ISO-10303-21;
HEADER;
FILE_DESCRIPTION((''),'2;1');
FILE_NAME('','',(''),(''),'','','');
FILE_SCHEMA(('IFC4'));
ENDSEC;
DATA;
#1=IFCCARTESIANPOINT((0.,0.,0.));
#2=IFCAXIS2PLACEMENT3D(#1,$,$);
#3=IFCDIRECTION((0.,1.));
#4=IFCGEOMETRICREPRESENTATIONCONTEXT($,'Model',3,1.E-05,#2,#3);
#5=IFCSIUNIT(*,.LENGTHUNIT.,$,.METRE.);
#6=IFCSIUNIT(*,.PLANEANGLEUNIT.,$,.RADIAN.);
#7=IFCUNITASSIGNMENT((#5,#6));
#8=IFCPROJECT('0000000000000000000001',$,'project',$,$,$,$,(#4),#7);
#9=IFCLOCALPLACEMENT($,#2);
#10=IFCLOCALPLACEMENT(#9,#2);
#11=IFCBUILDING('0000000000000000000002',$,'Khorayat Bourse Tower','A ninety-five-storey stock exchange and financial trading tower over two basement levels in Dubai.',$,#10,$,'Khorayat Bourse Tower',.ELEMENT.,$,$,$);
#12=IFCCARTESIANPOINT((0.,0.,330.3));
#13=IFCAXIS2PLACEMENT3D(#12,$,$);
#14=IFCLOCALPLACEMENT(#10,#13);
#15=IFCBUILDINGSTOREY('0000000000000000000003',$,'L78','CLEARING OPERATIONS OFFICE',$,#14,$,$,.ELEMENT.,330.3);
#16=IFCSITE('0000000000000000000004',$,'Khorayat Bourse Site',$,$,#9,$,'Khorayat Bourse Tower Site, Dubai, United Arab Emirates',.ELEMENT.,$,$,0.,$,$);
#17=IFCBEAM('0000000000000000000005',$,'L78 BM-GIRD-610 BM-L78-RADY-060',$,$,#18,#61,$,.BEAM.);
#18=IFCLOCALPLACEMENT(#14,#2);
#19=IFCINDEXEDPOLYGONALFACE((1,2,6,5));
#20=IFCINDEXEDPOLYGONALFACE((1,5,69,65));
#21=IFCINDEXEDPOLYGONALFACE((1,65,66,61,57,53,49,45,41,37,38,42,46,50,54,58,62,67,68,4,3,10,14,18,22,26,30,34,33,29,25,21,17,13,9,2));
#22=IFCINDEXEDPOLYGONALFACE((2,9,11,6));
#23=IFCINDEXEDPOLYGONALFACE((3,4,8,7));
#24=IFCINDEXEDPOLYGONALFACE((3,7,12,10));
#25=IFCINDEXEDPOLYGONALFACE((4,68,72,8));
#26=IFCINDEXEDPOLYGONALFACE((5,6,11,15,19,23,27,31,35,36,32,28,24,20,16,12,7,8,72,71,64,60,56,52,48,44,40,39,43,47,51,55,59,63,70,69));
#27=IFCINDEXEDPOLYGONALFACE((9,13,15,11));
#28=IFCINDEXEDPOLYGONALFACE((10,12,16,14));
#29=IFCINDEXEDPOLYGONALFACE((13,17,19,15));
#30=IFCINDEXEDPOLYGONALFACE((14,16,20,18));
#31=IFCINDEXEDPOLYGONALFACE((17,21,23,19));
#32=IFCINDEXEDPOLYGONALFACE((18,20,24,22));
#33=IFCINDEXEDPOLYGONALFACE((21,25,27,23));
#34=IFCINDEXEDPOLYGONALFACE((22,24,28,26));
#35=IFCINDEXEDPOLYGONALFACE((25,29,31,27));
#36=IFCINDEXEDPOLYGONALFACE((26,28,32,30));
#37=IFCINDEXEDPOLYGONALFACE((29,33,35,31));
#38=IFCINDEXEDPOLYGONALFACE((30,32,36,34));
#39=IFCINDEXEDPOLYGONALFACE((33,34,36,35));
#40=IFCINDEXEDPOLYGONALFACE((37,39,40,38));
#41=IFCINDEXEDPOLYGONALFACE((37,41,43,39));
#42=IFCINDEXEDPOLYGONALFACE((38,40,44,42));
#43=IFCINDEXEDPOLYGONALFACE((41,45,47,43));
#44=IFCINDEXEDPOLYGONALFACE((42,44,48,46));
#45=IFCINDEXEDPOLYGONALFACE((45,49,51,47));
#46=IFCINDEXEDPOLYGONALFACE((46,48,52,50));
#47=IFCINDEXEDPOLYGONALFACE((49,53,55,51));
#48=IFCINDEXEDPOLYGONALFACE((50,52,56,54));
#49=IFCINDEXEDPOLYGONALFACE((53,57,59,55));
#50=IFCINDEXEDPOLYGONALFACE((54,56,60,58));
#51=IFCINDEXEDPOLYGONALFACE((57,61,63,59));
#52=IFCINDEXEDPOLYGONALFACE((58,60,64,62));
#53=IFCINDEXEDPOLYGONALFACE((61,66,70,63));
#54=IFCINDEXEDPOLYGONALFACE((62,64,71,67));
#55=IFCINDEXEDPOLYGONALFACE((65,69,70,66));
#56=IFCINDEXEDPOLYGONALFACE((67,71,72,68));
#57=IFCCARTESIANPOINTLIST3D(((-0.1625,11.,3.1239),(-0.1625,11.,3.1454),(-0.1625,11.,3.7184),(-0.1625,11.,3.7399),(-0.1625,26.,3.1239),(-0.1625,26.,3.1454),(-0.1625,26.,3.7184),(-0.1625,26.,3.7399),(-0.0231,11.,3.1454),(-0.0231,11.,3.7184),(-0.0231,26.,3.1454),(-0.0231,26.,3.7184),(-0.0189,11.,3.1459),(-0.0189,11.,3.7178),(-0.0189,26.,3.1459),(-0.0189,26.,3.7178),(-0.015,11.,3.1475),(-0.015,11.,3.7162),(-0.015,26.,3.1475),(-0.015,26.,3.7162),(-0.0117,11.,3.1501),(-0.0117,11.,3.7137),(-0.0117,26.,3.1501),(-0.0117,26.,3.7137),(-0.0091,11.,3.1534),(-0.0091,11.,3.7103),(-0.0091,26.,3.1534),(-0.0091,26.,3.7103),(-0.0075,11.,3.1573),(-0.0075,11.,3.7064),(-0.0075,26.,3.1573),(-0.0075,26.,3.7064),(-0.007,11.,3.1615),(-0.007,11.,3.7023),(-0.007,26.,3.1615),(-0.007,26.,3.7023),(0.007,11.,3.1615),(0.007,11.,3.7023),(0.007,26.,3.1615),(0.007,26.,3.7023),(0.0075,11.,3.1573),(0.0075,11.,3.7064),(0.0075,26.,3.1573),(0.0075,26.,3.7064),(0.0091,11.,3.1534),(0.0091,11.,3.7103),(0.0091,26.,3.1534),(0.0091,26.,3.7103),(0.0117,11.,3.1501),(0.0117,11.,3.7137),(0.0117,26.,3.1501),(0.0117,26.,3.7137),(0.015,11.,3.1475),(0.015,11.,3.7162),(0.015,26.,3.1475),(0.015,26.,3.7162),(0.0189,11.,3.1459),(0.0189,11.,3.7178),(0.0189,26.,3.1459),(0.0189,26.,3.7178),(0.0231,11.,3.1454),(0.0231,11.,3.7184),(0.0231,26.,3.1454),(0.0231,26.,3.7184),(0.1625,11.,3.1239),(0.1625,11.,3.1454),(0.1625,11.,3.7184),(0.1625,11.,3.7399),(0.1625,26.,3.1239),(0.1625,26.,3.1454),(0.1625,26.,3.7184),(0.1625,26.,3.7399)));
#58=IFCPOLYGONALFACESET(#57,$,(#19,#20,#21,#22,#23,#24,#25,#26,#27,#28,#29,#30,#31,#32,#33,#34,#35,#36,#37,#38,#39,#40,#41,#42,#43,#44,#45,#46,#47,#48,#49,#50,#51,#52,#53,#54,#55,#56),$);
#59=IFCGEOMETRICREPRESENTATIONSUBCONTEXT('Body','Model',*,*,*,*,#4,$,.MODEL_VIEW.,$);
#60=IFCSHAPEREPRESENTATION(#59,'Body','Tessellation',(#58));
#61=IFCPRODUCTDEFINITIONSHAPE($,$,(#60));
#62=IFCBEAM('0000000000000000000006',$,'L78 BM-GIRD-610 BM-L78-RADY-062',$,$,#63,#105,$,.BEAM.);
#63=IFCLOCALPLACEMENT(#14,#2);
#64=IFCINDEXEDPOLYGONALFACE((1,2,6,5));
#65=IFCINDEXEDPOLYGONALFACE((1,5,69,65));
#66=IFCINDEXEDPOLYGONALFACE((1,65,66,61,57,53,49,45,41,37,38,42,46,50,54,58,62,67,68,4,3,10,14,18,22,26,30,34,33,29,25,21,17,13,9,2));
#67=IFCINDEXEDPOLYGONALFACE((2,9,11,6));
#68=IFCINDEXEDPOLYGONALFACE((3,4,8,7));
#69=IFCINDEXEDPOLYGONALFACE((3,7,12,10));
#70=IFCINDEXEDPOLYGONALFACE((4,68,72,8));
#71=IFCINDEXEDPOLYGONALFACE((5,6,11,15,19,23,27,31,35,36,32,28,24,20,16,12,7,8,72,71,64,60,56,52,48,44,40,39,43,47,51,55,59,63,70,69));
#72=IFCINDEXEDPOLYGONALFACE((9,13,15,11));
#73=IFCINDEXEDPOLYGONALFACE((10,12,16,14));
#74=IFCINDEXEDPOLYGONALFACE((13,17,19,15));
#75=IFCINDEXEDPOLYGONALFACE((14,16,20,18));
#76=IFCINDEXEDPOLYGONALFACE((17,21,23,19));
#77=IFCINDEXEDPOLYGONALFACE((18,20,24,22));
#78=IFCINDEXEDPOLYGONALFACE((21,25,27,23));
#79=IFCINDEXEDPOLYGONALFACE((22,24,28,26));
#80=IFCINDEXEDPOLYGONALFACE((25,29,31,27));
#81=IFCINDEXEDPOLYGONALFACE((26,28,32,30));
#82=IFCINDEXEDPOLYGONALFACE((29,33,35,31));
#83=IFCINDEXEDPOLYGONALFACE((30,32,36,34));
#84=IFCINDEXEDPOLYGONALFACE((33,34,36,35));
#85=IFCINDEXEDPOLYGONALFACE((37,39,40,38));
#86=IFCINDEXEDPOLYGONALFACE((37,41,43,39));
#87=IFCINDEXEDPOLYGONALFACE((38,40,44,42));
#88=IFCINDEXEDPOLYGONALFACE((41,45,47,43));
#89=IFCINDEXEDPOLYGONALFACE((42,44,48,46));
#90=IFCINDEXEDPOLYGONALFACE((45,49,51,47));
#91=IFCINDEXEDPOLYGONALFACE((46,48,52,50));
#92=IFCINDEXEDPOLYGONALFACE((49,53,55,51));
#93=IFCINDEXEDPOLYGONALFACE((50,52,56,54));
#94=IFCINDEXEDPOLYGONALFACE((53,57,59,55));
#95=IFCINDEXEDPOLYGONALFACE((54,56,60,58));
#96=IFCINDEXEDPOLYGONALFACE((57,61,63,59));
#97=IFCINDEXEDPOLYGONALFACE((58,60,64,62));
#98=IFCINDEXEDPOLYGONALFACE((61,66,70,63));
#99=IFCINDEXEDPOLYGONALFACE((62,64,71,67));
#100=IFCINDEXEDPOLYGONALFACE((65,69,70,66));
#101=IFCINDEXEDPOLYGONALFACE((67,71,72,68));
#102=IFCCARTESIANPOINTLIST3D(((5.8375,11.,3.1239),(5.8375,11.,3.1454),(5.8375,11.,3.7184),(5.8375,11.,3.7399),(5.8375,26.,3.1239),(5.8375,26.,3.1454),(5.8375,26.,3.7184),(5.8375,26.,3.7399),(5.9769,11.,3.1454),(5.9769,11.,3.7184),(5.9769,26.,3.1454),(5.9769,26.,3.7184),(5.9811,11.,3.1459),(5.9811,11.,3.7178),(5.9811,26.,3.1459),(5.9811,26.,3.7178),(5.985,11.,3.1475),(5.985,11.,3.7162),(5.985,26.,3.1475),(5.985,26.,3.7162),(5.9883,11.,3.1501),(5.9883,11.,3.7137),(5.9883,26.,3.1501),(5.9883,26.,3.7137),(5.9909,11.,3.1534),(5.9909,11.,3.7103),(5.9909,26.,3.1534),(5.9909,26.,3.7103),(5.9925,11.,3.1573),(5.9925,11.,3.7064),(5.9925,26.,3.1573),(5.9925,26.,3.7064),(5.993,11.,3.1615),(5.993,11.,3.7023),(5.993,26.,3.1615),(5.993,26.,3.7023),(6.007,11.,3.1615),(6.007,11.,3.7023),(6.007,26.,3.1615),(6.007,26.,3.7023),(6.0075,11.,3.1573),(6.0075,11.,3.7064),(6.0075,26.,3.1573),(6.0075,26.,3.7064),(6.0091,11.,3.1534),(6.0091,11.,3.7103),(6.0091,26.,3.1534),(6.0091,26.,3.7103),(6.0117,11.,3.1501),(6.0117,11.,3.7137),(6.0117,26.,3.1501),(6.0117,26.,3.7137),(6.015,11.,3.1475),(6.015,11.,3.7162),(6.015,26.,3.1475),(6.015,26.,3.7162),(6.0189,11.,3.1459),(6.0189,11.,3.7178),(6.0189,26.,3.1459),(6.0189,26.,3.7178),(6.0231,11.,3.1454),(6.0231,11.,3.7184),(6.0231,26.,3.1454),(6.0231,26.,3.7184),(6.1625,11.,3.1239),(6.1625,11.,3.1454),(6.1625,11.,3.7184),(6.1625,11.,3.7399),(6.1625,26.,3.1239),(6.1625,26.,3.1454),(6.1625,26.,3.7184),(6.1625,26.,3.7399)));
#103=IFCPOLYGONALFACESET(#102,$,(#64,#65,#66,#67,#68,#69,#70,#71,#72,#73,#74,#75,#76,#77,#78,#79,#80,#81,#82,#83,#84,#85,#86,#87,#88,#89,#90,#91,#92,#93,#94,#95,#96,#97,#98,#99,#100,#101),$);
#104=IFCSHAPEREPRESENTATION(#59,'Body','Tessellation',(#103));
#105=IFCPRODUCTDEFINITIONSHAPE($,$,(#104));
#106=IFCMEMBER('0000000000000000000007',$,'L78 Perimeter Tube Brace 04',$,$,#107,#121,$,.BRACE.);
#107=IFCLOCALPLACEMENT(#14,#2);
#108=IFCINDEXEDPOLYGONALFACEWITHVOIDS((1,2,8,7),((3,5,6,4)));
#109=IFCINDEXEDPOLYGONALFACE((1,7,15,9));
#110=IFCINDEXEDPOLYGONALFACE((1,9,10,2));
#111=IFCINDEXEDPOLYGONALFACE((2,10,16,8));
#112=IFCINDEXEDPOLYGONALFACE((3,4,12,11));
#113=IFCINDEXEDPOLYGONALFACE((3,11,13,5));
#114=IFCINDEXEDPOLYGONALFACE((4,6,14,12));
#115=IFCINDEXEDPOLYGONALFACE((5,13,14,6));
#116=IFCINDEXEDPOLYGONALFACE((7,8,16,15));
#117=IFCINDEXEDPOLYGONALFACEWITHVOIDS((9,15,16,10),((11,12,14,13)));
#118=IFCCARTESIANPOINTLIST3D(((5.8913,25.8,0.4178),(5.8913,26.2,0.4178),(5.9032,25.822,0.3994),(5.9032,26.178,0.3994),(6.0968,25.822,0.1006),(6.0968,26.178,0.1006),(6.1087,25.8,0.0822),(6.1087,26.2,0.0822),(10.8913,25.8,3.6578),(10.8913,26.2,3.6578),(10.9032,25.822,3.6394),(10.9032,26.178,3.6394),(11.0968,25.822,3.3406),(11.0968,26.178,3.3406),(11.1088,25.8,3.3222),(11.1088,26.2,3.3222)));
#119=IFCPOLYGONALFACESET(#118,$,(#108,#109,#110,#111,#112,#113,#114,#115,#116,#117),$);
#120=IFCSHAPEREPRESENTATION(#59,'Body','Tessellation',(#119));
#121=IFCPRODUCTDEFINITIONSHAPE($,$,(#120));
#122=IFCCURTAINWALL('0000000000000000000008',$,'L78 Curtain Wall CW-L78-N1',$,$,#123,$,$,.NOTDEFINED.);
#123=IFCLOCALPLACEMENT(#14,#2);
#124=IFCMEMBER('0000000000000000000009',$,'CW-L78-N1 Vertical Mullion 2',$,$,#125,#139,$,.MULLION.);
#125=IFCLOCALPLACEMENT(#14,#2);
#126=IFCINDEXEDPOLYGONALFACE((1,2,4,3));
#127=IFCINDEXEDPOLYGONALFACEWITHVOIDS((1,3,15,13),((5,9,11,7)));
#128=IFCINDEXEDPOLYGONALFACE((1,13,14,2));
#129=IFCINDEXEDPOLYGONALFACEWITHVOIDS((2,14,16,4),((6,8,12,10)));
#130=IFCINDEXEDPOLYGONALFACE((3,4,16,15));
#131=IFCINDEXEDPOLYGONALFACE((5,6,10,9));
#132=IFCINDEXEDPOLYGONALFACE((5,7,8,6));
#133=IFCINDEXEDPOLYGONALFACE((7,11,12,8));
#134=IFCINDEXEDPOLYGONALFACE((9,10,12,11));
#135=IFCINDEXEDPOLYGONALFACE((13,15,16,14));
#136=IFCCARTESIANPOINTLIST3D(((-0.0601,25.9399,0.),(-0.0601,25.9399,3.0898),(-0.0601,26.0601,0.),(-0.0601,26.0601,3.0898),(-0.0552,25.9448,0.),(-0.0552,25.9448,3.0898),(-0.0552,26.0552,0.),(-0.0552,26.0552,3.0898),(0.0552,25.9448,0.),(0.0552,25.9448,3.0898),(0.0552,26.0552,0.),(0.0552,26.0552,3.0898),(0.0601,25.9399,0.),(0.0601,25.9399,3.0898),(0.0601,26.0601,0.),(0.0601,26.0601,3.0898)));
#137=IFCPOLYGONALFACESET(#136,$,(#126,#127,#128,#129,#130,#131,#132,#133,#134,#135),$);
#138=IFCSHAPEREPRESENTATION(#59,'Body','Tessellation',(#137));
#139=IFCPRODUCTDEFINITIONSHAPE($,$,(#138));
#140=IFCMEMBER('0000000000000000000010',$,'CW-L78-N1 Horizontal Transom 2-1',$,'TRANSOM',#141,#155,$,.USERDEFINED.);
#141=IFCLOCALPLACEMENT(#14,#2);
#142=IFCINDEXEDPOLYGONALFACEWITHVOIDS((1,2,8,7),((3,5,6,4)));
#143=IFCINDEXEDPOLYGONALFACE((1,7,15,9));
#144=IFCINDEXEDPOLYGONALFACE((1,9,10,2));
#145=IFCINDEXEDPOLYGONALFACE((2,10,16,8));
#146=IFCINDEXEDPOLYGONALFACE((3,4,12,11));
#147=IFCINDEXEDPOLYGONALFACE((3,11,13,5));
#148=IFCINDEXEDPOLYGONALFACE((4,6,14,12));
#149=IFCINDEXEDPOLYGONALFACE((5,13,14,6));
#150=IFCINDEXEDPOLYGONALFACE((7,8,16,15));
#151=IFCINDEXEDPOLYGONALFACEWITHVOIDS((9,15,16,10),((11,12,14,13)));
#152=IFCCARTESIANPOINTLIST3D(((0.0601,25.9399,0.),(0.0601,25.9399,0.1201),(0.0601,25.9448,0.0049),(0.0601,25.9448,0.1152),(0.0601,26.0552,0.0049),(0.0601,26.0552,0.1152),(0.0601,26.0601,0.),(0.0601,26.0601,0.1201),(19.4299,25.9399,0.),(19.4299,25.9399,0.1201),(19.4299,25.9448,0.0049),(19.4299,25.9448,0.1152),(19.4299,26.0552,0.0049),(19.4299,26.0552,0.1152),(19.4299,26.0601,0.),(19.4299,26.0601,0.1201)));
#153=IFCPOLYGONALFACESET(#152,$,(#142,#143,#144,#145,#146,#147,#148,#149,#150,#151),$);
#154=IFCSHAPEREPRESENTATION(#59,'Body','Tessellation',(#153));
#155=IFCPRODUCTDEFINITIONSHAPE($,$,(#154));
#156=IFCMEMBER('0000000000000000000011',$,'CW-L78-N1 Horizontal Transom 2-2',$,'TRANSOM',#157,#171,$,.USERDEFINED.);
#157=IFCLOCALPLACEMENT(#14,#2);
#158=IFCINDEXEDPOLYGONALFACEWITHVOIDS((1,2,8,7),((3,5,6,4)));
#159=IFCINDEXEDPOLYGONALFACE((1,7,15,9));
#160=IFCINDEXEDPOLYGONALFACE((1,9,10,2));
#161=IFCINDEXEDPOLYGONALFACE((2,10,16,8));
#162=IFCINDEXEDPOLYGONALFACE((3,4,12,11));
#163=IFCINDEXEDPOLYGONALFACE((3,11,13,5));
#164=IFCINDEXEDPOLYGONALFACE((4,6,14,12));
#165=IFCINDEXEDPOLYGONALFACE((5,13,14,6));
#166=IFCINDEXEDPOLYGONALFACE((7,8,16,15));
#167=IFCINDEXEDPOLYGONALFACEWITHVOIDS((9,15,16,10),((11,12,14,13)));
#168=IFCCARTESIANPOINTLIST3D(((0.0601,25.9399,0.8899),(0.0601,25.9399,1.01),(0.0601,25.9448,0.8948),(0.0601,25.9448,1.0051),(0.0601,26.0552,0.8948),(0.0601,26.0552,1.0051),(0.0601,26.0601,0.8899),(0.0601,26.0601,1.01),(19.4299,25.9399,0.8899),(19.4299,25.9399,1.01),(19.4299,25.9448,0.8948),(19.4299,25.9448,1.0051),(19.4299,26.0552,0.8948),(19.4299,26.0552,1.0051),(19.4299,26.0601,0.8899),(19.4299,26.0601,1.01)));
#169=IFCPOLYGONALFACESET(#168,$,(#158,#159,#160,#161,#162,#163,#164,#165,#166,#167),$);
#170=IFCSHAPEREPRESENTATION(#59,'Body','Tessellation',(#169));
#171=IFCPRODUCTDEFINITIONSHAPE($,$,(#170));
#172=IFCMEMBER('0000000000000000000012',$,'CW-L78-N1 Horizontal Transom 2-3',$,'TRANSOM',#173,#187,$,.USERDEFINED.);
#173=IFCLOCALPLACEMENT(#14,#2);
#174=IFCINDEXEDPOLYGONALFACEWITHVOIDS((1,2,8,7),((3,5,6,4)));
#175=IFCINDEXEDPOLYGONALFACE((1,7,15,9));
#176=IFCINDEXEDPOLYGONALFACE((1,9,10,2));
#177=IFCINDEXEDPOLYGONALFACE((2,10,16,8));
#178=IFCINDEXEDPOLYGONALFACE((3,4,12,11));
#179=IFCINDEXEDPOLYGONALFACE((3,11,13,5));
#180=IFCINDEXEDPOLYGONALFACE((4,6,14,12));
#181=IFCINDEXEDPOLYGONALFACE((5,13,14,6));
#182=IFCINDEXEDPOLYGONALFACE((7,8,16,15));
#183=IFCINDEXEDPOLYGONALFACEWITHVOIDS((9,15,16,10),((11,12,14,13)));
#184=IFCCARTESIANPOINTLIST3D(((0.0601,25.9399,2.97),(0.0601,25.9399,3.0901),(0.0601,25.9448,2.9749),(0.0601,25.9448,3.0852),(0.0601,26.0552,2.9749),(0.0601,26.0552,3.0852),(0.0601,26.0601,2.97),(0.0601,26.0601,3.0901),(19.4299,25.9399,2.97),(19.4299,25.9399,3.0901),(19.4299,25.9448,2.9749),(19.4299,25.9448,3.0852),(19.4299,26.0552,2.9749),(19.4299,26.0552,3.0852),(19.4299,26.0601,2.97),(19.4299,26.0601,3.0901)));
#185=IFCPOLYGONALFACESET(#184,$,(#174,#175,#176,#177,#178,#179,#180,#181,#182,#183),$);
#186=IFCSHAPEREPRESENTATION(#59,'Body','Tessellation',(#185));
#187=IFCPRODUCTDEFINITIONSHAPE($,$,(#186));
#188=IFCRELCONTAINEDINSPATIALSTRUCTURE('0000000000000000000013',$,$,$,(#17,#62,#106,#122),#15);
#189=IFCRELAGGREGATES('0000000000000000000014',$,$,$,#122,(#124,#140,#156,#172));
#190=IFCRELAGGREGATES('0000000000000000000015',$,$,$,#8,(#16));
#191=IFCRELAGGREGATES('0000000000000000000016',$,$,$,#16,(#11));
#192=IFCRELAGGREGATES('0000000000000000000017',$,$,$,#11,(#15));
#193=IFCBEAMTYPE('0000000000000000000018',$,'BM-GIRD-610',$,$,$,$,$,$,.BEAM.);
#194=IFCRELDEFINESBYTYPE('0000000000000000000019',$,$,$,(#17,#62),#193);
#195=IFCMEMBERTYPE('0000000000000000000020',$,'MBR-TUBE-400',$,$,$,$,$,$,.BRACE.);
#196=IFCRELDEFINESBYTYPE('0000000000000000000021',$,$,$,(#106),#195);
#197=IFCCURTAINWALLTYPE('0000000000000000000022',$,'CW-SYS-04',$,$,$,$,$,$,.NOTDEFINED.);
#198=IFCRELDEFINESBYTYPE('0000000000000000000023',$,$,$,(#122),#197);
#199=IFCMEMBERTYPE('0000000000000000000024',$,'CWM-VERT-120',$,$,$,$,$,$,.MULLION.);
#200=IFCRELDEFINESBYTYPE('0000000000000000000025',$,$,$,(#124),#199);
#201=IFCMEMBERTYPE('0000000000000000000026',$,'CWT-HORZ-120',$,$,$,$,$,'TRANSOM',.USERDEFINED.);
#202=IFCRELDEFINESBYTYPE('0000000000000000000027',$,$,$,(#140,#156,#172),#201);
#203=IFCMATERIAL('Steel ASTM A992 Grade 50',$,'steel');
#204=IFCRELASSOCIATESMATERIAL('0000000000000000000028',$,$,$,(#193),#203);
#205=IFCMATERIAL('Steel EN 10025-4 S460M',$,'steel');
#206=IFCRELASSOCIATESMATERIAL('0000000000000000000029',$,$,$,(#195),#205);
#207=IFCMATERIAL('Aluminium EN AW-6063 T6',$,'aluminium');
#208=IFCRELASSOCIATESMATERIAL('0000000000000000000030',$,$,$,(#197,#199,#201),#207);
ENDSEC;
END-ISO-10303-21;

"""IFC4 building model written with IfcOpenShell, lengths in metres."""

from ifc_helpers import new_model, si_unit, direction, frame, origin, origin_2d, place, context, subcontext, project, spatial, hollow_rectangle, i_section, extrude, source, transform, mapped, material, material_profile, profile_set, type_object, element, aggregate, save


model = new_model("IFC4")

# Units and contexts
model_context = context("Model", 3, precision=1e-05, world=origin(), true_north=direction((0.0, 1.0)))
body_context = subcontext(model_context, "Body", "Model", "MODEL_VIEW")
ifc_project = project(units=[si_unit("LENGTHUNIT", "METRE"), si_unit("PLANEANGLEUNIT", "RADIAN")], contexts=[model_context])

# Site, building, storey
site_placement = place(None, origin())
site = spatial("IfcSite", under=ifc_project, at=site_placement, Name="Khorayat Bourse Site", LongName="Khorayat Bourse Tower Site, Dubai, United Arab Emirates", CompositionType="ELEMENT", RefElevation=0.0)
building_placement = place(site_placement, origin())
building = spatial("IfcBuilding", under=site, at=building_placement, Name="Khorayat Bourse Tower", Description="A ninety-five-storey stock exchange and financial trading tower over two basement levels in Dubai.", LongName="Khorayat Bourse Tower", CompositionType="ELEMENT")
storey_placement = place(building_placement, frame((0.0, 0.0, 330.3)))
storey = spatial("IfcBuildingStorey", under=building, at=storey_placement, Name="L78", Description="CLEARING OPERATIONS OFFICE", CompositionType="ELEMENT", Elevation=330.3)

# Beams
ifc_material_1 = material(Name="Steel ASTM A992 Grade 50", Category="steel")
ifc_material_profile_1 = material_profile(ifc_material_1, i_section(OverallWidth=0.325, OverallDepth=0.616, WebThickness=0.0139, FlangeThickness=0.0215, FilletRadius=0.0161, at=origin_2d()), Name="W610X174")
ifc_profile_set_1 = profile_set([ifc_material_profile_1], Name="Steel ASTM A992 Grade 50")
beam_type_1 = type_object("IfcBeamType", Name="BM-GIRD-610", PredefinedType="BEAM", material=ifc_profile_set_1)
shared_shape_1 = source(origin(), body_context, "Body", "SweptSolid", [
    extrude(i_section(OverallWidth=0.325, OverallDepth=0.616, WebThickness=0.0139, FlangeThickness=0.0215, FilletRadius=0.0161, at=origin_2d()), origin(), (0.0, 0.0, 1.0), 15.0),
])
for number, where, z_axis, x_axis, name in (
    (1, (0.0, 11.0, 3.4319), (0.0, 1.0, 0.0), (-1.0, 0.0, 0.0), "L78 BM-GIRD-610 BM-L78-RADY-060"),
    (2, (6.0, 11.0, 3.4319), (0.0, 1.0, 0.0), (-1.0, 0.0, 0.0), "L78 BM-GIRD-610 BM-L78-RADY-062"),
):
    element("IfcBeam", number, at=place(storey_placement, frame(where, z_axis=z_axis, x_axis=x_axis)), inside=storey, type_object=beam_type_1, Name=name, PredefinedType="BEAM", context=body_context, shape_type="MappedRepresentation", body=[
        mapped(shared_shape_1, transform((0.0, 0.0, 0.0), scale=1.0)),
    ])

# Member
ifc_material_2 = material(Name="Steel EN 10025-4 S460M", Category="steel")
ifc_material_profile_2 = material_profile(ifc_material_2, hollow_rectangle(XDim=0.3999, YDim=0.3999, WallThickness=0.022, at=origin_2d()), Name="HSS 400x400x22")
ifc_profile_set_2 = profile_set([ifc_material_profile_2], Name="Steel EN 10025-4 S460M")
member_type_1 = type_object("IfcMemberType", Name="MBR-TUBE-400", PredefinedType="BRACE", material=ifc_profile_set_2)
shared_shape_2 = source(origin(), body_context, "Body", "SweptSolid", [
    extrude(hollow_rectangle(XDim=0.3999, YDim=0.3999, WallThickness=0.022, at=origin_2d()), origin(), (0.0, 0.0, 1.0), 5.958),
])
member_1_placement = place(storey_placement, frame((6.0, 26.0, 0.25), z_axis=(0.83921, 0.0, 0.543807), x_axis=(0.0, 1.0, 0.0)))
element("IfcMember", 3, at=member_1_placement, inside=storey, type_object=member_type_1, Name="L78 Perimeter Tube Brace 04", PredefinedType="BRACE", context=body_context, shape_type="MappedRepresentation", body=[
    mapped(shared_shape_2, transform((0.0, 0.0, 0.0), scale=1.0)),
])

# Curtain wall, members
ifc_material_3 = material(Name="Aluminium EN AW-6063 T6", Category="aluminium")
curtain_wall_type = type_object("IfcCurtainWallType", Name="CW-SYS-04", PredefinedType="NOTDEFINED", material=ifc_material_3)
curtain_wall_placement = place(storey_placement, origin())
curtain_wall = element("IfcCurtainWall", 4, at=curtain_wall_placement, inside=storey, type_object=curtain_wall_type, Name="L78 Curtain Wall CW-L78-N1", PredefinedType="NOTDEFINED")
ifc_material_profile_3 = material_profile(ifc_material_3, hollow_rectangle(XDim=0.1201, YDim=0.1201, WallThickness=0.0049, at=origin_2d()), Name="ALU 120x120x5")
ifc_profile_set_3 = profile_set([ifc_material_profile_3], Name="Aluminium EN AW-6063 T6")
member_type_2 = type_object("IfcMemberType", Name="CWM-VERT-120", PredefinedType="MULLION", material=ifc_profile_set_3)
shared_shape_3 = source(origin(), body_context, "Body", "SweptSolid", [
    extrude(hollow_rectangle(XDim=0.1201, YDim=0.1201, WallThickness=0.0049, at=origin_2d()), origin(), (0.0, 0.0, 1.0), 3.0898),
])
member_2_placement = place(storey_placement, frame((0.0, 26.0, 0.0), z_axis=(0.0, 0.0, 1.0), x_axis=(0.0, 1.0, 0.0)))
member_2 = element("IfcMember", 5, at=member_2_placement, type_object=member_type_2, Name="CW-L78-N1 Vertical Mullion 2", PredefinedType="MULLION", context=body_context, shape_type="MappedRepresentation", body=[
    mapped(shared_shape_3, transform((0.0, 0.0, 0.0), scale=1.0)),
])
ifc_material_profile_4 = material_profile(ifc_material_3, hollow_rectangle(XDim=0.1201, YDim=0.1201, WallThickness=0.0049, at=origin_2d()), Name="ALU 120x120x5")
ifc_profile_set_4 = profile_set([ifc_material_profile_4], Name="Aluminium EN AW-6063 T6")
member_type_3 = type_object("IfcMemberType", Name="CWT-HORZ-120", ElementType="TRANSOM", PredefinedType="USERDEFINED", material=ifc_profile_set_4)
shared_shape_4 = source(origin(), body_context, "Body", "SweptSolid", [
    extrude(hollow_rectangle(XDim=0.1201, YDim=0.1201, WallThickness=0.0049, at=origin_2d()), origin(), (0.0, 0.0, 1.0), 19.3699),
])
member_3_placement = place(storey_placement, frame((0.0601, 26.0, 0.0601), z_axis=(1.0, 0.0, 0.0), x_axis=(0.0, 1.0, 0.0)))
member_3 = element("IfcMember", 6, at=member_3_placement, type_object=member_type_3, Name="CW-L78-N1 Horizontal Transom 2-1", ObjectType="TRANSOM", PredefinedType="USERDEFINED", context=body_context, shape_type="MappedRepresentation", body=[
    mapped(shared_shape_4, transform((0.0, 0.0, 0.0), scale=1.0)),
])
member_4_placement = place(storey_placement, frame((0.0601, 26.0, 0.95), z_axis=(1.0, 0.0, 0.0), x_axis=(0.0, 1.0, 0.0)))
member_4 = element("IfcMember", 7, at=member_4_placement, type_object=member_type_3, Name="CW-L78-N1 Horizontal Transom 2-2", ObjectType="TRANSOM", PredefinedType="USERDEFINED", context=body_context, shape_type="MappedRepresentation", body=[
    mapped(shared_shape_4, transform((0.0, 0.0, 0.0), scale=1.0)),
])
member_5_placement = place(storey_placement, frame((0.0601, 26.0, 3.03), z_axis=(1.0, 0.0, 0.0), x_axis=(0.0, 1.0, 0.0)))
member_5 = element("IfcMember", 8, at=member_5_placement, type_object=member_type_3, Name="CW-L78-N1 Horizontal Transom 2-3", ObjectType="TRANSOM", PredefinedType="USERDEFINED", context=body_context, shape_type="MappedRepresentation", body=[
    mapped(shared_shape_4, transform((0.0, 0.0, 0.0), scale=1.0)),
])

aggregate(curtain_wall, [member_2, member_3, member_4, member_5])

save(model, "model.ifc")
